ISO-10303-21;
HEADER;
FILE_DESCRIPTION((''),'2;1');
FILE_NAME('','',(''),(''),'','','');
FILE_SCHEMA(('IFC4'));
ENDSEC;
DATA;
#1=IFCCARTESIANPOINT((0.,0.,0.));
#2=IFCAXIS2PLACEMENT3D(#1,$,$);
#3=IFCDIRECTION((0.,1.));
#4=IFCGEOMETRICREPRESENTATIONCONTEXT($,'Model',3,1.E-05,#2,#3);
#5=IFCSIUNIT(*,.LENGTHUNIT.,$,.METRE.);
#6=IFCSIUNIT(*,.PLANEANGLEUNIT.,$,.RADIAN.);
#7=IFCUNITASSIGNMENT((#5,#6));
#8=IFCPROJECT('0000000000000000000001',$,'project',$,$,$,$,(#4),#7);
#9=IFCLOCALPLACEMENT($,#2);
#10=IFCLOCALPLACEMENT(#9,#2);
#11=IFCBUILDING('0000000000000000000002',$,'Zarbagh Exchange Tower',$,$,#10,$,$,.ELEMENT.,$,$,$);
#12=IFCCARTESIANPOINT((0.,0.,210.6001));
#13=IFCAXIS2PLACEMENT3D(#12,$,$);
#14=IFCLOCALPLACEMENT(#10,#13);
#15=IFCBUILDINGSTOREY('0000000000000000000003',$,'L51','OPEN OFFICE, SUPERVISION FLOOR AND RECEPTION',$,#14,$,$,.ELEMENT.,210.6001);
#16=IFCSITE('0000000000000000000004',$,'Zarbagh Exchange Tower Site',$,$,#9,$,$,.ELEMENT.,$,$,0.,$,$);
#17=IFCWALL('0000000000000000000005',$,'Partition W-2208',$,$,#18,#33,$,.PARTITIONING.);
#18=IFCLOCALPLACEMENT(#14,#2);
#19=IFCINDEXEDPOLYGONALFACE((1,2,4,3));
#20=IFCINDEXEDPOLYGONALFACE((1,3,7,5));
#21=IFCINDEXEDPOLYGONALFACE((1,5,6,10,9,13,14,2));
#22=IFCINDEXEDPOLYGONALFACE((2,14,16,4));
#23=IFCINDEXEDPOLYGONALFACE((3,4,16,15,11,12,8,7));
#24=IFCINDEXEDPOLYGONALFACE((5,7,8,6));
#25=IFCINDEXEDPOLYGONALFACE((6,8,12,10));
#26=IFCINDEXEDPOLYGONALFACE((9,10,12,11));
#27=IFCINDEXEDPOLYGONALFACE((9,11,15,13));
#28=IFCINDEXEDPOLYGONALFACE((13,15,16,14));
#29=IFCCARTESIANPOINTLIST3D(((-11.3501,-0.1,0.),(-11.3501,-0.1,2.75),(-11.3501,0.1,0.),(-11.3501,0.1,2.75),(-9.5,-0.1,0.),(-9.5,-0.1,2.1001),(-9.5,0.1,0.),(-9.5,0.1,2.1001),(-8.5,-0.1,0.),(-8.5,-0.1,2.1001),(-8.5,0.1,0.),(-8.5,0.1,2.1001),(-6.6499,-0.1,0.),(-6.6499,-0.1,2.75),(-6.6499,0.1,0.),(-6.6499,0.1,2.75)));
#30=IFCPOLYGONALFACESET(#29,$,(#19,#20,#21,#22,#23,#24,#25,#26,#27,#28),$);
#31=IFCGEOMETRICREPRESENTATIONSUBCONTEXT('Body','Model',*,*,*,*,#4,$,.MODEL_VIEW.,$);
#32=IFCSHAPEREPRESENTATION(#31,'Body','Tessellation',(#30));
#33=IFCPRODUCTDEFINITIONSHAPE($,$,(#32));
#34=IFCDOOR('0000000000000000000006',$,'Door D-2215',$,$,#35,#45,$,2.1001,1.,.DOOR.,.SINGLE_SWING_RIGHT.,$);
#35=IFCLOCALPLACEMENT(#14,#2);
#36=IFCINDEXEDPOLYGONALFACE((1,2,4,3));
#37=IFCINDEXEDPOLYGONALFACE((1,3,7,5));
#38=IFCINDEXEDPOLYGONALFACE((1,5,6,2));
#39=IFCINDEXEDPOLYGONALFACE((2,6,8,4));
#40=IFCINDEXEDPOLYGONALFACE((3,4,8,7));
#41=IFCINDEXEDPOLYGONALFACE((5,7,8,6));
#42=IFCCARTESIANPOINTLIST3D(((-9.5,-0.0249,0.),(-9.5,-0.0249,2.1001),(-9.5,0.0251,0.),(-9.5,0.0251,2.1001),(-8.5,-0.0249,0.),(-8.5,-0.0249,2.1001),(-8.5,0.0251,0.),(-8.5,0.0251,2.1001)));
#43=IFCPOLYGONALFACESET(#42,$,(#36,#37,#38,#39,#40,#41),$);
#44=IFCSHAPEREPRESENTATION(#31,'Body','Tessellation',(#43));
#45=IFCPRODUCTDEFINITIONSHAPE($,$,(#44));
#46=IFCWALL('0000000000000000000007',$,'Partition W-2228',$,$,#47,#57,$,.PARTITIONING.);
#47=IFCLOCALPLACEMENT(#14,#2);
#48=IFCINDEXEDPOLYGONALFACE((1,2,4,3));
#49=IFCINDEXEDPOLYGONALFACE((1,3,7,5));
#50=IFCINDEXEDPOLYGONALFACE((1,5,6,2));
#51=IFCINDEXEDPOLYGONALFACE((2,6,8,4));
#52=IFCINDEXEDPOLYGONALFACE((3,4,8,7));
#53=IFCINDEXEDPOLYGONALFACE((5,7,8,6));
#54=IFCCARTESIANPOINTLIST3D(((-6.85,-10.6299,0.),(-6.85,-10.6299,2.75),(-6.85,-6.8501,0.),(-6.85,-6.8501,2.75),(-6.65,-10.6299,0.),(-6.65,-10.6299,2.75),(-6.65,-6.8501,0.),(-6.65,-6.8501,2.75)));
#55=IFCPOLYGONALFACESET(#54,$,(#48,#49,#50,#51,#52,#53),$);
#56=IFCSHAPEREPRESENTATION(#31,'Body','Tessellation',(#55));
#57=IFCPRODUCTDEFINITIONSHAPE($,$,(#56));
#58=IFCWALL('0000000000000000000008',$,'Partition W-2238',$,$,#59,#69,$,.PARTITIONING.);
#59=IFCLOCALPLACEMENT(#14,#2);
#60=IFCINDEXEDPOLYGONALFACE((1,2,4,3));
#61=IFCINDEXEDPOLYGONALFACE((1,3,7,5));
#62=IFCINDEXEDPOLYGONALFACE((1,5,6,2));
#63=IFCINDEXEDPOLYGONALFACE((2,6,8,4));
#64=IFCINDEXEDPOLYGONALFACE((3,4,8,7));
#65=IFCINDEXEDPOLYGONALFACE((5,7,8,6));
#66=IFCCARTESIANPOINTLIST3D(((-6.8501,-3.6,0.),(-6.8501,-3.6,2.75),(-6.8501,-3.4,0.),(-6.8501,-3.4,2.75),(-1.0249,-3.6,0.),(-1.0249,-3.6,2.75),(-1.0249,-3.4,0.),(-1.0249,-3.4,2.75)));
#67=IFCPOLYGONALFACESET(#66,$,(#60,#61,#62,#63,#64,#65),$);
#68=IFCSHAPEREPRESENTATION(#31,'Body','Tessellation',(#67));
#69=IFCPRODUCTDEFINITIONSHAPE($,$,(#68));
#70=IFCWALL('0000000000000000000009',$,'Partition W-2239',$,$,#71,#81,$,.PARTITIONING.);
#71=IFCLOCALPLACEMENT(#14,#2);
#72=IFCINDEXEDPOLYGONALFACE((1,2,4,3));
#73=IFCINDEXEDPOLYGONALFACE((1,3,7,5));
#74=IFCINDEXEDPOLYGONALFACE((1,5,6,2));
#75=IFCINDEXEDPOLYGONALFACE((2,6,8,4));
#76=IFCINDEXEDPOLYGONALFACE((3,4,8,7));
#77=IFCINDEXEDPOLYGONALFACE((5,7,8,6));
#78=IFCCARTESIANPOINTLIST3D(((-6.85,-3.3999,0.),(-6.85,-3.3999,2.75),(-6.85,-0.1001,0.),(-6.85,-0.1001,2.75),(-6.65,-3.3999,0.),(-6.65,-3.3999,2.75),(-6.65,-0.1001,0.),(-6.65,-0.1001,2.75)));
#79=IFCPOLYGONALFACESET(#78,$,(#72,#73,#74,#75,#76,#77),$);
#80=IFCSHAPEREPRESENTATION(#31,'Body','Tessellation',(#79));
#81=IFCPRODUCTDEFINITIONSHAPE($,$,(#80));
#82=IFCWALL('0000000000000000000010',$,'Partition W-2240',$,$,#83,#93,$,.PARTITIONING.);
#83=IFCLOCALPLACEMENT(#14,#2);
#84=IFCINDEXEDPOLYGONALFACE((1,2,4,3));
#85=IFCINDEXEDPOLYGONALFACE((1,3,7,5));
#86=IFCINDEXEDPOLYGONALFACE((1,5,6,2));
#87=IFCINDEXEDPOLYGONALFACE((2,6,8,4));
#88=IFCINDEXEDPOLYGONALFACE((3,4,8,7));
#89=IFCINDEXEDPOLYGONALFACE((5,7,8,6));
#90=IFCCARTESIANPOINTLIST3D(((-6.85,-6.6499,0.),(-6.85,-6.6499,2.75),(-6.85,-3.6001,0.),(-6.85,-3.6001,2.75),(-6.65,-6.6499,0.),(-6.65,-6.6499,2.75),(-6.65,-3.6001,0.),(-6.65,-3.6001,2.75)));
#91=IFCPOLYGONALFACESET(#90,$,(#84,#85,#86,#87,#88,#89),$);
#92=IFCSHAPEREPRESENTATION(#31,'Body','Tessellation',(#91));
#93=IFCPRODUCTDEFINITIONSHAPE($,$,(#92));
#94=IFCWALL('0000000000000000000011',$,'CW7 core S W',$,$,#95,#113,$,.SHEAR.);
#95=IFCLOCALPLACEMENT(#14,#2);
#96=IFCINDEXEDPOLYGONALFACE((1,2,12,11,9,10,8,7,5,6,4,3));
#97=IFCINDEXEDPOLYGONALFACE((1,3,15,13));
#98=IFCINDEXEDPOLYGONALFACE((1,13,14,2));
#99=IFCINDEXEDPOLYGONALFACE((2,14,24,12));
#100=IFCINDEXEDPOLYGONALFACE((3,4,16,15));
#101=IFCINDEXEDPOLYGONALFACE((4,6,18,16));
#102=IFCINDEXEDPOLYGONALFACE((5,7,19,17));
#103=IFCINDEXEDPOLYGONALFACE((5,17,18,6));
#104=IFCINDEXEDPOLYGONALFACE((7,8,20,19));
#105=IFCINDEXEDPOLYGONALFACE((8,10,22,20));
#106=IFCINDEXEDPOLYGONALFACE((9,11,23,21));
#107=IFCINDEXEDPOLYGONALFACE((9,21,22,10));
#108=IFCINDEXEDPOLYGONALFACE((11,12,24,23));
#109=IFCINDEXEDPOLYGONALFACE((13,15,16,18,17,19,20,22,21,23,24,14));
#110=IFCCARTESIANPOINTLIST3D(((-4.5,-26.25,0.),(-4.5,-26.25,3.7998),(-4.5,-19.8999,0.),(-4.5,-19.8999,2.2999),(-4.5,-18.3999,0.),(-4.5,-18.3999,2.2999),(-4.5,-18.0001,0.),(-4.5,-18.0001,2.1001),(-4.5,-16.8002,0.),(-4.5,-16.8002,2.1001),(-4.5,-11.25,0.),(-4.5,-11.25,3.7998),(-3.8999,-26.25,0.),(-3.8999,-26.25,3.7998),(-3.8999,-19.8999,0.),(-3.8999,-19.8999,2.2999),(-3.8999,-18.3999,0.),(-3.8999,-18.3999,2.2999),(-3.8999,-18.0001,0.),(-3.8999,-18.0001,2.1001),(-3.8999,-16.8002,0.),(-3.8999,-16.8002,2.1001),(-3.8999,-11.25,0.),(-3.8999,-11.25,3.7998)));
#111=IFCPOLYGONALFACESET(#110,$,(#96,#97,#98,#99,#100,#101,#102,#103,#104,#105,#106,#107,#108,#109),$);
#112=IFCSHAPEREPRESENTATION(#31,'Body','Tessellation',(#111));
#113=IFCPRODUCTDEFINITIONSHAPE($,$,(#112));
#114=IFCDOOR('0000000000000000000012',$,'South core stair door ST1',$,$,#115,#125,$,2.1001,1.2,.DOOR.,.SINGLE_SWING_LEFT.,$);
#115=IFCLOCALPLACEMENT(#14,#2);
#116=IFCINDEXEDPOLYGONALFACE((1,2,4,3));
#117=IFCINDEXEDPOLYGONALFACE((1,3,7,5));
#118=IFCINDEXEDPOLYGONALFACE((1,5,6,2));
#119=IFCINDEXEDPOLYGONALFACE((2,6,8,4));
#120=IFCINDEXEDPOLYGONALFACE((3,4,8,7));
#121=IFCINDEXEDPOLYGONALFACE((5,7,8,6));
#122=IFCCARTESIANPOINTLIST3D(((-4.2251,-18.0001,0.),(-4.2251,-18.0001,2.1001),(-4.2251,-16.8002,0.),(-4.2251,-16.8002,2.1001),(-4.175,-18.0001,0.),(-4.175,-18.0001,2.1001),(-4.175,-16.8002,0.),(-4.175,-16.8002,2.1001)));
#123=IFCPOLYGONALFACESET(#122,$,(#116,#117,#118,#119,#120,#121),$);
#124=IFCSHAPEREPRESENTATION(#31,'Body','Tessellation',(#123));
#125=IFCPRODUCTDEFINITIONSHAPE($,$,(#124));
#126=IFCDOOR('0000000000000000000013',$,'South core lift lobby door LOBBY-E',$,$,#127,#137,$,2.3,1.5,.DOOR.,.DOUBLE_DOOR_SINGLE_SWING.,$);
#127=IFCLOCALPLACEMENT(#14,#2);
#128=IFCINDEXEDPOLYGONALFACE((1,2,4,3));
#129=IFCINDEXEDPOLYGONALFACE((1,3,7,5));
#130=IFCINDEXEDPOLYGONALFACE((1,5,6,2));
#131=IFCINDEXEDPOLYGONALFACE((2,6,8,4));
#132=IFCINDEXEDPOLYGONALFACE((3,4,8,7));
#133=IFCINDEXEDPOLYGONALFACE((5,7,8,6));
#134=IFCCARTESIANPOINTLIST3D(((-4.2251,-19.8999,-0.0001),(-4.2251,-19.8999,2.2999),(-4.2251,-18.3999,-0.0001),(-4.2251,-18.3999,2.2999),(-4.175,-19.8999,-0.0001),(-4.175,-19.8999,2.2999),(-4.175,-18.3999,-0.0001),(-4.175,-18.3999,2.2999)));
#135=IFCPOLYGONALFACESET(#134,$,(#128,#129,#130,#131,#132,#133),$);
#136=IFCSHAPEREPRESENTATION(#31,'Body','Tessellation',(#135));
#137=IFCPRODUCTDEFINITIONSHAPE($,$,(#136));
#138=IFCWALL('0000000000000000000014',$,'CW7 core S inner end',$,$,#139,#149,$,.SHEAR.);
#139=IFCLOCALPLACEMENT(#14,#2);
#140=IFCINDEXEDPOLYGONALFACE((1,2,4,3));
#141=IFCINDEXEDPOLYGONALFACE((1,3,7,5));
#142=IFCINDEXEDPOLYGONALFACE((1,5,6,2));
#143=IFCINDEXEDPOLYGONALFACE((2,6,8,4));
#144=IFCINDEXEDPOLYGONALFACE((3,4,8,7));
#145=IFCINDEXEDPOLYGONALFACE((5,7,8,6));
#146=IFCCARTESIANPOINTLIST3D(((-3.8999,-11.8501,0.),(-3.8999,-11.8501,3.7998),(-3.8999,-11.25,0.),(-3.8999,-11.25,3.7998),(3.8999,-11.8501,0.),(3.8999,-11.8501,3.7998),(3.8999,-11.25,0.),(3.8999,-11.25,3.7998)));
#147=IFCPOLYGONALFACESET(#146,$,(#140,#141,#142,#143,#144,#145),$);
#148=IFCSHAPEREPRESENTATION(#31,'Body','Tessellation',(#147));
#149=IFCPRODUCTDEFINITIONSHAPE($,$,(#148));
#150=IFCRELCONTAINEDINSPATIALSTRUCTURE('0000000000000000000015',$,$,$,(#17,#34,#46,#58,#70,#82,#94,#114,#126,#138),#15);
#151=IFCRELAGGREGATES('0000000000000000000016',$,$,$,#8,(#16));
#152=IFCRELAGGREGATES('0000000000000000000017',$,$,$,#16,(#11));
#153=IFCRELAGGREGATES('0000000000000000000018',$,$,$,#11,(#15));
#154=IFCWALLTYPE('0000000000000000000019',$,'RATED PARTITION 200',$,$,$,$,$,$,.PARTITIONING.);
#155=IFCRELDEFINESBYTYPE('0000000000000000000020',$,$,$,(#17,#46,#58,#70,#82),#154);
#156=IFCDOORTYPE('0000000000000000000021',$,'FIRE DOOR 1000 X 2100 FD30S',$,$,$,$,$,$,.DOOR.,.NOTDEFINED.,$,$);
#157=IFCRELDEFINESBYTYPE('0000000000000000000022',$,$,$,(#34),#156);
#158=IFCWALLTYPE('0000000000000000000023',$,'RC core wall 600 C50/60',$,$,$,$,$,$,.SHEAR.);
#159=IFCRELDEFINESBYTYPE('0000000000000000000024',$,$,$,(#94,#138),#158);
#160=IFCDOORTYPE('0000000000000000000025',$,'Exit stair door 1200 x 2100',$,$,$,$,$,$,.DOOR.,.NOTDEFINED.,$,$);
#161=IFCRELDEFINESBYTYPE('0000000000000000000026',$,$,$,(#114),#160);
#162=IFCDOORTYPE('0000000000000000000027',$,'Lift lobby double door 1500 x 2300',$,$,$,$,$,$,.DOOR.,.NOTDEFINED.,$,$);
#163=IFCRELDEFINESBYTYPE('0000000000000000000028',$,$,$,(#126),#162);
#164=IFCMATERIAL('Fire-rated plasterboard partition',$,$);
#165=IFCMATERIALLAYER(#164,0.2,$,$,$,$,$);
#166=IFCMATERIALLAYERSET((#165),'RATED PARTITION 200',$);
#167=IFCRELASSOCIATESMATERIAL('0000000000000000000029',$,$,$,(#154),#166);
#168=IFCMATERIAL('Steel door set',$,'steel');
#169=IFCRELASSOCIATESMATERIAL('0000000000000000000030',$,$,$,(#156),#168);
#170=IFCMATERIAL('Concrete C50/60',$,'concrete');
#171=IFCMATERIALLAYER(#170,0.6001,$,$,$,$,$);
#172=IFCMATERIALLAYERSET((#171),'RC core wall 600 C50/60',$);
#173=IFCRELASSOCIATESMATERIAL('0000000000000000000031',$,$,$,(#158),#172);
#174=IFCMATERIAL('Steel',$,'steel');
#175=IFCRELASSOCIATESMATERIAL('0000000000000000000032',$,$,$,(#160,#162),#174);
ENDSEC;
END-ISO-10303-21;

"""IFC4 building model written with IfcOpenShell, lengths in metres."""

from ifc_helpers import new_model, si_unit, direction, frame, frame_2d, origin, place, context, subcontext, project, spatial, rectangle, extrude, material, layer, layer_set, type_object, element, fill, save


model = new_model("IFC4")

# Units and contexts
model_context = context("Model", 3, precision=1e-05, world=origin(), true_north=direction((0.0, 1.0)))
body_context = subcontext(model_context, "Body", "Model", "MODEL_VIEW")
ifc_project = project(units=[si_unit("LENGTHUNIT", "METRE"), si_unit("PLANEANGLEUNIT", "RADIAN")], contexts=[model_context])

# Site, building, storey
site_placement = place(None, origin())
site = spatial("IfcSite", under=ifc_project, at=site_placement, Name="Zarbagh Exchange Tower Site", CompositionType="ELEMENT", RefElevation=0.0)
building_placement = place(site_placement, origin())
building = spatial("IfcBuilding", under=site, at=building_placement, Name="Zarbagh Exchange Tower", CompositionType="ELEMENT")
storey_placement = place(building_placement, frame((0.0, 0.0, 210.6001)))
storey = spatial("IfcBuildingStorey", under=building, at=storey_placement, Name="L51", Description="OPEN OFFICE, SUPERVISION FLOOR AND RECEPTION", CompositionType="ELEMENT", Elevation=210.6001)

# Shared definitions
ifc_material_1 = material(Name="Concrete C50/60", Category="concrete")

# Wall, opening, door
ifc_material_2 = material(Name="Fire-rated plasterboard partition")
ifc_layer_1 = layer(ifc_material_2, 0.2)
ifc_layer_set_1 = layer_set([ifc_layer_1], Name="RATED PARTITION 200")
wall_type_1 = type_object("IfcWallType", Name="RATED PARTITION 200", PredefinedType="PARTITIONING", material=ifc_layer_set_1)
wall_1_placement = place(storey_placement, frame((-6.6499, 0.0, 0.0), z_axis=(0.0, 0.0, 1.0), x_axis=(-1.0, 0.0, 0.0)))
wall_1 = element("IfcWall", 1, at=wall_1_placement, inside=storey, type_object=wall_type_1, Name="Partition W-2208", PredefinedType="PARTITIONING", context=body_context, shape_type="SweptSolid", body=[
    extrude(rectangle(XDim=4.7002, YDim=0.2, at=frame_2d((2.3501, 0.0))), origin(), (0.0, 0.0, 1.0), 2.75),
])
opening_1_placement = place(wall_1_placement, frame((1.8501, 0.0, 0.0)))
opening_1 = element("IfcOpeningElement", 2, at=opening_1_placement, cuts=wall_1, PredefinedType="OPENING", context=body_context, shape_type="SweptSolid", body=[
    extrude(rectangle(XDim=1.0, YDim=2.1001, at=frame_2d((0.5, 1.05))), frame((0.0, 0.1099, 0.0), z_axis=(0.0, -1.0, 0.0), x_axis=(1.0, 0.0, 0.0)), (0.0, 0.0, 1.0), 0.22),
])
ifc_material_3 = material(Name="Steel door set", Category="steel")
door_type_1 = type_object("IfcDoorType", Name="FIRE DOOR 1000 X 2100 FD30S", OperationType="NOTDEFINED", PredefinedType="DOOR", material=ifc_material_3)
door_1_placement = place(opening_1_placement, origin())
door_1 = element("IfcDoor", 3, at=door_1_placement, inside=storey, type_object=door_type_1, Name="Door D-2215", OperationType="SINGLE_SWING_RIGHT", OverallHeight=2.1001, OverallWidth=1.0, PredefinedType="DOOR", context=body_context, shape_type="SweptSolid", body=[
    extrude(rectangle(XDim=1.0, YDim=2.1001, at=frame_2d((0.5, 1.05))), frame((0.0, 0.0249, 0.0), z_axis=(0.0, -1.0, 0.0), x_axis=(1.0, 0.0, 0.0)), (0.0, 0.0, 1.0), 0.05),
])
fill(opening_1, door_1)

# Walls
wall_2_placement = place(storey_placement, frame((-6.75, -10.6299, 0.0), z_axis=(0.0, 0.0, 1.0), x_axis=(0.0, 1.0, 0.0)))
element("IfcWall", 4, at=wall_2_placement, inside=storey, type_object=wall_type_1, Name="Partition W-2228", PredefinedType="PARTITIONING", context=body_context, shape_type="SweptSolid", body=[
    extrude(rectangle(XDim=3.7798, YDim=0.2, at=frame_2d((1.8899, 0.0))), origin(), (0.0, 0.0, 1.0), 2.75),
])
wall_3_placement = place(storey_placement, frame((-6.8501, -3.5, 0.0), z_axis=(0.0, 0.0, 1.0), x_axis=(1.0, 0.0, 0.0)))
element("IfcWall", 5, at=wall_3_placement, inside=storey, type_object=wall_type_1, Name="Partition W-2238", PredefinedType="PARTITIONING", context=body_context, shape_type="SweptSolid", body=[
    extrude(rectangle(XDim=5.8252, YDim=0.2, at=frame_2d((2.9126, 0.0))), origin(), (0.0, 0.0, 1.0), 2.75),
])
wall_4_placement = place(storey_placement, frame((-6.75, -3.3999, 0.0), z_axis=(0.0, 0.0, 1.0), x_axis=(0.0, 1.0, 0.0)))
element("IfcWall", 6, at=wall_4_placement, inside=storey, type_object=wall_type_1, Name="Partition W-2239", PredefinedType="PARTITIONING", context=body_context, shape_type="SweptSolid", body=[
    extrude(rectangle(XDim=3.2998, YDim=0.2, at=frame_2d((1.6499, 0.0))), origin(), (0.0, 0.0, 1.0), 2.75),
])
wall_5_placement = place(storey_placement, frame((-6.75, -6.6499, 0.0), z_axis=(0.0, 0.0, 1.0), x_axis=(0.0, 1.0, 0.0)))
element("IfcWall", 7, at=wall_5_placement, inside=storey, type_object=wall_type_1, Name="Partition W-2240", PredefinedType="PARTITIONING", context=body_context, shape_type="SweptSolid", body=[
    extrude(rectangle(XDim=3.0498, YDim=0.2, at=frame_2d((1.5249, 0.0))), origin(), (0.0, 0.0, 1.0), 2.75),
])

# Wall, openings, doors
ifc_layer_2 = layer(ifc_material_1, 0.6001)
ifc_layer_set_2 = layer_set([ifc_layer_2], Name="RC core wall 600 C50/60")
wall_type_2 = type_object("IfcWallType", Name="RC core wall 600 C50/60", PredefinedType="SHEAR", material=ifc_layer_set_2)
wall_6_placement = place(storey_placement, frame((-4.2, -11.25, 0.0), z_axis=(0.0, 0.0, 1.0), x_axis=(0.0, -1.0, 0.0)))
wall_6 = element("IfcWall", 8, at=wall_6_placement, inside=storey, type_object=wall_type_2, Name="CW7 core S W", PredefinedType="SHEAR", context=body_context, shape_type="SweptSolid", body=[
    extrude(rectangle(XDim=15.0, YDim=0.6001, at=frame_2d((7.5, 0.0))), origin(), (0.0, 0.0, 1.0), 3.7998),
])
opening_2_placement = place(wall_6_placement, frame((7.1499, 0.0, 0.0)))
opening_2 = element("IfcOpeningElement", 9, at=opening_2_placement, cuts=wall_6, PredefinedType="OPENING", context=body_context, shape_type="SweptSolid", body=[
    extrude(rectangle(XDim=1.5, YDim=2.3, at=frame_2d((0.75, 1.1499))), frame((0.0, 0.3101, 0.0), z_axis=(0.0, -1.0, 0.0), x_axis=(1.0, 0.0, 0.0)), (0.0, 0.0, 1.0), 0.6201),
])
opening_3_placement = place(wall_6_placement, frame((5.55, 0.0, 0.0)))
opening_3 = element("IfcOpeningElement", 10, at=opening_3_placement, cuts=wall_6, PredefinedType="OPENING", context=body_context, shape_type="SweptSolid", body=[
    extrude(rectangle(XDim=1.2, YDim=2.1001, at=frame_2d((0.6001, 1.05))), frame((0.0, 0.3101, 0.0), z_axis=(0.0, -1.0, 0.0), x_axis=(1.0, 0.0, 0.0)), (0.0, 0.0, 1.0), 0.6201),
])
ifc_material_4 = material(Name="Steel", Category="steel")
door_type_2 = type_object("IfcDoorType", Name="Exit stair door 1200 x 2100", OperationType="NOTDEFINED", PredefinedType="DOOR", material=ifc_material_4)
door_2_placement = place(opening_3_placement, origin())
door_2 = element("IfcDoor", 11, at=door_2_placement, inside=storey, type_object=door_type_2, Name="South core stair door ST1", OperationType="SINGLE_SWING_LEFT", OverallHeight=2.1001, OverallWidth=1.2, PredefinedType="DOOR", context=body_context, shape_type="SweptSolid", body=[
    extrude(rectangle(XDim=1.2, YDim=2.1001, at=frame_2d((0.6001, 1.05))), frame((0.0, 0.0249, 0.0), z_axis=(0.0, -1.0, 0.0), x_axis=(1.0, 0.0, 0.0)), (0.0, 0.0, 1.0), 0.05),
])
fill(opening_3, door_2)
door_type_3 = type_object("IfcDoorType", Name="Lift lobby double door 1500 x 2300", OperationType="NOTDEFINED", PredefinedType="DOOR", material=ifc_material_4)
door_3_placement = place(opening_2_placement, origin())
door_3 = element("IfcDoor", 12, at=door_3_placement, inside=storey, type_object=door_type_3, Name="South core lift lobby door LOBBY-E", OperationType="DOUBLE_DOOR_SINGLE_SWING", OverallHeight=2.3, OverallWidth=1.5, PredefinedType="DOOR", context=body_context, shape_type="SweptSolid", body=[
    extrude(rectangle(XDim=1.5, YDim=2.3, at=frame_2d((0.75, 1.1499))), frame((0.0, 0.0249, 0.0), z_axis=(0.0, -1.0, 0.0), x_axis=(1.0, 0.0, 0.0)), (0.0, 0.0, 1.0), 0.05),
])
fill(opening_2, door_3)

# Wall
wall_7_placement = place(storey_placement, frame((-3.8999, -11.55, 0.0), z_axis=(0.0, 0.0, 1.0), x_axis=(1.0, 0.0, 0.0)))
element("IfcWall", 13, at=wall_7_placement, inside=storey, type_object=wall_type_2, Name="CW7 core S inner end", PredefinedType="SHEAR", context=body_context, shape_type="SweptSolid", body=[
    extrude(rectangle(XDim=7.7998, YDim=0.6001, at=frame_2d((3.8999, 0.0))), origin(), (0.0, 0.0, 1.0), 3.7998),
])

save(model, "model.ifc")
